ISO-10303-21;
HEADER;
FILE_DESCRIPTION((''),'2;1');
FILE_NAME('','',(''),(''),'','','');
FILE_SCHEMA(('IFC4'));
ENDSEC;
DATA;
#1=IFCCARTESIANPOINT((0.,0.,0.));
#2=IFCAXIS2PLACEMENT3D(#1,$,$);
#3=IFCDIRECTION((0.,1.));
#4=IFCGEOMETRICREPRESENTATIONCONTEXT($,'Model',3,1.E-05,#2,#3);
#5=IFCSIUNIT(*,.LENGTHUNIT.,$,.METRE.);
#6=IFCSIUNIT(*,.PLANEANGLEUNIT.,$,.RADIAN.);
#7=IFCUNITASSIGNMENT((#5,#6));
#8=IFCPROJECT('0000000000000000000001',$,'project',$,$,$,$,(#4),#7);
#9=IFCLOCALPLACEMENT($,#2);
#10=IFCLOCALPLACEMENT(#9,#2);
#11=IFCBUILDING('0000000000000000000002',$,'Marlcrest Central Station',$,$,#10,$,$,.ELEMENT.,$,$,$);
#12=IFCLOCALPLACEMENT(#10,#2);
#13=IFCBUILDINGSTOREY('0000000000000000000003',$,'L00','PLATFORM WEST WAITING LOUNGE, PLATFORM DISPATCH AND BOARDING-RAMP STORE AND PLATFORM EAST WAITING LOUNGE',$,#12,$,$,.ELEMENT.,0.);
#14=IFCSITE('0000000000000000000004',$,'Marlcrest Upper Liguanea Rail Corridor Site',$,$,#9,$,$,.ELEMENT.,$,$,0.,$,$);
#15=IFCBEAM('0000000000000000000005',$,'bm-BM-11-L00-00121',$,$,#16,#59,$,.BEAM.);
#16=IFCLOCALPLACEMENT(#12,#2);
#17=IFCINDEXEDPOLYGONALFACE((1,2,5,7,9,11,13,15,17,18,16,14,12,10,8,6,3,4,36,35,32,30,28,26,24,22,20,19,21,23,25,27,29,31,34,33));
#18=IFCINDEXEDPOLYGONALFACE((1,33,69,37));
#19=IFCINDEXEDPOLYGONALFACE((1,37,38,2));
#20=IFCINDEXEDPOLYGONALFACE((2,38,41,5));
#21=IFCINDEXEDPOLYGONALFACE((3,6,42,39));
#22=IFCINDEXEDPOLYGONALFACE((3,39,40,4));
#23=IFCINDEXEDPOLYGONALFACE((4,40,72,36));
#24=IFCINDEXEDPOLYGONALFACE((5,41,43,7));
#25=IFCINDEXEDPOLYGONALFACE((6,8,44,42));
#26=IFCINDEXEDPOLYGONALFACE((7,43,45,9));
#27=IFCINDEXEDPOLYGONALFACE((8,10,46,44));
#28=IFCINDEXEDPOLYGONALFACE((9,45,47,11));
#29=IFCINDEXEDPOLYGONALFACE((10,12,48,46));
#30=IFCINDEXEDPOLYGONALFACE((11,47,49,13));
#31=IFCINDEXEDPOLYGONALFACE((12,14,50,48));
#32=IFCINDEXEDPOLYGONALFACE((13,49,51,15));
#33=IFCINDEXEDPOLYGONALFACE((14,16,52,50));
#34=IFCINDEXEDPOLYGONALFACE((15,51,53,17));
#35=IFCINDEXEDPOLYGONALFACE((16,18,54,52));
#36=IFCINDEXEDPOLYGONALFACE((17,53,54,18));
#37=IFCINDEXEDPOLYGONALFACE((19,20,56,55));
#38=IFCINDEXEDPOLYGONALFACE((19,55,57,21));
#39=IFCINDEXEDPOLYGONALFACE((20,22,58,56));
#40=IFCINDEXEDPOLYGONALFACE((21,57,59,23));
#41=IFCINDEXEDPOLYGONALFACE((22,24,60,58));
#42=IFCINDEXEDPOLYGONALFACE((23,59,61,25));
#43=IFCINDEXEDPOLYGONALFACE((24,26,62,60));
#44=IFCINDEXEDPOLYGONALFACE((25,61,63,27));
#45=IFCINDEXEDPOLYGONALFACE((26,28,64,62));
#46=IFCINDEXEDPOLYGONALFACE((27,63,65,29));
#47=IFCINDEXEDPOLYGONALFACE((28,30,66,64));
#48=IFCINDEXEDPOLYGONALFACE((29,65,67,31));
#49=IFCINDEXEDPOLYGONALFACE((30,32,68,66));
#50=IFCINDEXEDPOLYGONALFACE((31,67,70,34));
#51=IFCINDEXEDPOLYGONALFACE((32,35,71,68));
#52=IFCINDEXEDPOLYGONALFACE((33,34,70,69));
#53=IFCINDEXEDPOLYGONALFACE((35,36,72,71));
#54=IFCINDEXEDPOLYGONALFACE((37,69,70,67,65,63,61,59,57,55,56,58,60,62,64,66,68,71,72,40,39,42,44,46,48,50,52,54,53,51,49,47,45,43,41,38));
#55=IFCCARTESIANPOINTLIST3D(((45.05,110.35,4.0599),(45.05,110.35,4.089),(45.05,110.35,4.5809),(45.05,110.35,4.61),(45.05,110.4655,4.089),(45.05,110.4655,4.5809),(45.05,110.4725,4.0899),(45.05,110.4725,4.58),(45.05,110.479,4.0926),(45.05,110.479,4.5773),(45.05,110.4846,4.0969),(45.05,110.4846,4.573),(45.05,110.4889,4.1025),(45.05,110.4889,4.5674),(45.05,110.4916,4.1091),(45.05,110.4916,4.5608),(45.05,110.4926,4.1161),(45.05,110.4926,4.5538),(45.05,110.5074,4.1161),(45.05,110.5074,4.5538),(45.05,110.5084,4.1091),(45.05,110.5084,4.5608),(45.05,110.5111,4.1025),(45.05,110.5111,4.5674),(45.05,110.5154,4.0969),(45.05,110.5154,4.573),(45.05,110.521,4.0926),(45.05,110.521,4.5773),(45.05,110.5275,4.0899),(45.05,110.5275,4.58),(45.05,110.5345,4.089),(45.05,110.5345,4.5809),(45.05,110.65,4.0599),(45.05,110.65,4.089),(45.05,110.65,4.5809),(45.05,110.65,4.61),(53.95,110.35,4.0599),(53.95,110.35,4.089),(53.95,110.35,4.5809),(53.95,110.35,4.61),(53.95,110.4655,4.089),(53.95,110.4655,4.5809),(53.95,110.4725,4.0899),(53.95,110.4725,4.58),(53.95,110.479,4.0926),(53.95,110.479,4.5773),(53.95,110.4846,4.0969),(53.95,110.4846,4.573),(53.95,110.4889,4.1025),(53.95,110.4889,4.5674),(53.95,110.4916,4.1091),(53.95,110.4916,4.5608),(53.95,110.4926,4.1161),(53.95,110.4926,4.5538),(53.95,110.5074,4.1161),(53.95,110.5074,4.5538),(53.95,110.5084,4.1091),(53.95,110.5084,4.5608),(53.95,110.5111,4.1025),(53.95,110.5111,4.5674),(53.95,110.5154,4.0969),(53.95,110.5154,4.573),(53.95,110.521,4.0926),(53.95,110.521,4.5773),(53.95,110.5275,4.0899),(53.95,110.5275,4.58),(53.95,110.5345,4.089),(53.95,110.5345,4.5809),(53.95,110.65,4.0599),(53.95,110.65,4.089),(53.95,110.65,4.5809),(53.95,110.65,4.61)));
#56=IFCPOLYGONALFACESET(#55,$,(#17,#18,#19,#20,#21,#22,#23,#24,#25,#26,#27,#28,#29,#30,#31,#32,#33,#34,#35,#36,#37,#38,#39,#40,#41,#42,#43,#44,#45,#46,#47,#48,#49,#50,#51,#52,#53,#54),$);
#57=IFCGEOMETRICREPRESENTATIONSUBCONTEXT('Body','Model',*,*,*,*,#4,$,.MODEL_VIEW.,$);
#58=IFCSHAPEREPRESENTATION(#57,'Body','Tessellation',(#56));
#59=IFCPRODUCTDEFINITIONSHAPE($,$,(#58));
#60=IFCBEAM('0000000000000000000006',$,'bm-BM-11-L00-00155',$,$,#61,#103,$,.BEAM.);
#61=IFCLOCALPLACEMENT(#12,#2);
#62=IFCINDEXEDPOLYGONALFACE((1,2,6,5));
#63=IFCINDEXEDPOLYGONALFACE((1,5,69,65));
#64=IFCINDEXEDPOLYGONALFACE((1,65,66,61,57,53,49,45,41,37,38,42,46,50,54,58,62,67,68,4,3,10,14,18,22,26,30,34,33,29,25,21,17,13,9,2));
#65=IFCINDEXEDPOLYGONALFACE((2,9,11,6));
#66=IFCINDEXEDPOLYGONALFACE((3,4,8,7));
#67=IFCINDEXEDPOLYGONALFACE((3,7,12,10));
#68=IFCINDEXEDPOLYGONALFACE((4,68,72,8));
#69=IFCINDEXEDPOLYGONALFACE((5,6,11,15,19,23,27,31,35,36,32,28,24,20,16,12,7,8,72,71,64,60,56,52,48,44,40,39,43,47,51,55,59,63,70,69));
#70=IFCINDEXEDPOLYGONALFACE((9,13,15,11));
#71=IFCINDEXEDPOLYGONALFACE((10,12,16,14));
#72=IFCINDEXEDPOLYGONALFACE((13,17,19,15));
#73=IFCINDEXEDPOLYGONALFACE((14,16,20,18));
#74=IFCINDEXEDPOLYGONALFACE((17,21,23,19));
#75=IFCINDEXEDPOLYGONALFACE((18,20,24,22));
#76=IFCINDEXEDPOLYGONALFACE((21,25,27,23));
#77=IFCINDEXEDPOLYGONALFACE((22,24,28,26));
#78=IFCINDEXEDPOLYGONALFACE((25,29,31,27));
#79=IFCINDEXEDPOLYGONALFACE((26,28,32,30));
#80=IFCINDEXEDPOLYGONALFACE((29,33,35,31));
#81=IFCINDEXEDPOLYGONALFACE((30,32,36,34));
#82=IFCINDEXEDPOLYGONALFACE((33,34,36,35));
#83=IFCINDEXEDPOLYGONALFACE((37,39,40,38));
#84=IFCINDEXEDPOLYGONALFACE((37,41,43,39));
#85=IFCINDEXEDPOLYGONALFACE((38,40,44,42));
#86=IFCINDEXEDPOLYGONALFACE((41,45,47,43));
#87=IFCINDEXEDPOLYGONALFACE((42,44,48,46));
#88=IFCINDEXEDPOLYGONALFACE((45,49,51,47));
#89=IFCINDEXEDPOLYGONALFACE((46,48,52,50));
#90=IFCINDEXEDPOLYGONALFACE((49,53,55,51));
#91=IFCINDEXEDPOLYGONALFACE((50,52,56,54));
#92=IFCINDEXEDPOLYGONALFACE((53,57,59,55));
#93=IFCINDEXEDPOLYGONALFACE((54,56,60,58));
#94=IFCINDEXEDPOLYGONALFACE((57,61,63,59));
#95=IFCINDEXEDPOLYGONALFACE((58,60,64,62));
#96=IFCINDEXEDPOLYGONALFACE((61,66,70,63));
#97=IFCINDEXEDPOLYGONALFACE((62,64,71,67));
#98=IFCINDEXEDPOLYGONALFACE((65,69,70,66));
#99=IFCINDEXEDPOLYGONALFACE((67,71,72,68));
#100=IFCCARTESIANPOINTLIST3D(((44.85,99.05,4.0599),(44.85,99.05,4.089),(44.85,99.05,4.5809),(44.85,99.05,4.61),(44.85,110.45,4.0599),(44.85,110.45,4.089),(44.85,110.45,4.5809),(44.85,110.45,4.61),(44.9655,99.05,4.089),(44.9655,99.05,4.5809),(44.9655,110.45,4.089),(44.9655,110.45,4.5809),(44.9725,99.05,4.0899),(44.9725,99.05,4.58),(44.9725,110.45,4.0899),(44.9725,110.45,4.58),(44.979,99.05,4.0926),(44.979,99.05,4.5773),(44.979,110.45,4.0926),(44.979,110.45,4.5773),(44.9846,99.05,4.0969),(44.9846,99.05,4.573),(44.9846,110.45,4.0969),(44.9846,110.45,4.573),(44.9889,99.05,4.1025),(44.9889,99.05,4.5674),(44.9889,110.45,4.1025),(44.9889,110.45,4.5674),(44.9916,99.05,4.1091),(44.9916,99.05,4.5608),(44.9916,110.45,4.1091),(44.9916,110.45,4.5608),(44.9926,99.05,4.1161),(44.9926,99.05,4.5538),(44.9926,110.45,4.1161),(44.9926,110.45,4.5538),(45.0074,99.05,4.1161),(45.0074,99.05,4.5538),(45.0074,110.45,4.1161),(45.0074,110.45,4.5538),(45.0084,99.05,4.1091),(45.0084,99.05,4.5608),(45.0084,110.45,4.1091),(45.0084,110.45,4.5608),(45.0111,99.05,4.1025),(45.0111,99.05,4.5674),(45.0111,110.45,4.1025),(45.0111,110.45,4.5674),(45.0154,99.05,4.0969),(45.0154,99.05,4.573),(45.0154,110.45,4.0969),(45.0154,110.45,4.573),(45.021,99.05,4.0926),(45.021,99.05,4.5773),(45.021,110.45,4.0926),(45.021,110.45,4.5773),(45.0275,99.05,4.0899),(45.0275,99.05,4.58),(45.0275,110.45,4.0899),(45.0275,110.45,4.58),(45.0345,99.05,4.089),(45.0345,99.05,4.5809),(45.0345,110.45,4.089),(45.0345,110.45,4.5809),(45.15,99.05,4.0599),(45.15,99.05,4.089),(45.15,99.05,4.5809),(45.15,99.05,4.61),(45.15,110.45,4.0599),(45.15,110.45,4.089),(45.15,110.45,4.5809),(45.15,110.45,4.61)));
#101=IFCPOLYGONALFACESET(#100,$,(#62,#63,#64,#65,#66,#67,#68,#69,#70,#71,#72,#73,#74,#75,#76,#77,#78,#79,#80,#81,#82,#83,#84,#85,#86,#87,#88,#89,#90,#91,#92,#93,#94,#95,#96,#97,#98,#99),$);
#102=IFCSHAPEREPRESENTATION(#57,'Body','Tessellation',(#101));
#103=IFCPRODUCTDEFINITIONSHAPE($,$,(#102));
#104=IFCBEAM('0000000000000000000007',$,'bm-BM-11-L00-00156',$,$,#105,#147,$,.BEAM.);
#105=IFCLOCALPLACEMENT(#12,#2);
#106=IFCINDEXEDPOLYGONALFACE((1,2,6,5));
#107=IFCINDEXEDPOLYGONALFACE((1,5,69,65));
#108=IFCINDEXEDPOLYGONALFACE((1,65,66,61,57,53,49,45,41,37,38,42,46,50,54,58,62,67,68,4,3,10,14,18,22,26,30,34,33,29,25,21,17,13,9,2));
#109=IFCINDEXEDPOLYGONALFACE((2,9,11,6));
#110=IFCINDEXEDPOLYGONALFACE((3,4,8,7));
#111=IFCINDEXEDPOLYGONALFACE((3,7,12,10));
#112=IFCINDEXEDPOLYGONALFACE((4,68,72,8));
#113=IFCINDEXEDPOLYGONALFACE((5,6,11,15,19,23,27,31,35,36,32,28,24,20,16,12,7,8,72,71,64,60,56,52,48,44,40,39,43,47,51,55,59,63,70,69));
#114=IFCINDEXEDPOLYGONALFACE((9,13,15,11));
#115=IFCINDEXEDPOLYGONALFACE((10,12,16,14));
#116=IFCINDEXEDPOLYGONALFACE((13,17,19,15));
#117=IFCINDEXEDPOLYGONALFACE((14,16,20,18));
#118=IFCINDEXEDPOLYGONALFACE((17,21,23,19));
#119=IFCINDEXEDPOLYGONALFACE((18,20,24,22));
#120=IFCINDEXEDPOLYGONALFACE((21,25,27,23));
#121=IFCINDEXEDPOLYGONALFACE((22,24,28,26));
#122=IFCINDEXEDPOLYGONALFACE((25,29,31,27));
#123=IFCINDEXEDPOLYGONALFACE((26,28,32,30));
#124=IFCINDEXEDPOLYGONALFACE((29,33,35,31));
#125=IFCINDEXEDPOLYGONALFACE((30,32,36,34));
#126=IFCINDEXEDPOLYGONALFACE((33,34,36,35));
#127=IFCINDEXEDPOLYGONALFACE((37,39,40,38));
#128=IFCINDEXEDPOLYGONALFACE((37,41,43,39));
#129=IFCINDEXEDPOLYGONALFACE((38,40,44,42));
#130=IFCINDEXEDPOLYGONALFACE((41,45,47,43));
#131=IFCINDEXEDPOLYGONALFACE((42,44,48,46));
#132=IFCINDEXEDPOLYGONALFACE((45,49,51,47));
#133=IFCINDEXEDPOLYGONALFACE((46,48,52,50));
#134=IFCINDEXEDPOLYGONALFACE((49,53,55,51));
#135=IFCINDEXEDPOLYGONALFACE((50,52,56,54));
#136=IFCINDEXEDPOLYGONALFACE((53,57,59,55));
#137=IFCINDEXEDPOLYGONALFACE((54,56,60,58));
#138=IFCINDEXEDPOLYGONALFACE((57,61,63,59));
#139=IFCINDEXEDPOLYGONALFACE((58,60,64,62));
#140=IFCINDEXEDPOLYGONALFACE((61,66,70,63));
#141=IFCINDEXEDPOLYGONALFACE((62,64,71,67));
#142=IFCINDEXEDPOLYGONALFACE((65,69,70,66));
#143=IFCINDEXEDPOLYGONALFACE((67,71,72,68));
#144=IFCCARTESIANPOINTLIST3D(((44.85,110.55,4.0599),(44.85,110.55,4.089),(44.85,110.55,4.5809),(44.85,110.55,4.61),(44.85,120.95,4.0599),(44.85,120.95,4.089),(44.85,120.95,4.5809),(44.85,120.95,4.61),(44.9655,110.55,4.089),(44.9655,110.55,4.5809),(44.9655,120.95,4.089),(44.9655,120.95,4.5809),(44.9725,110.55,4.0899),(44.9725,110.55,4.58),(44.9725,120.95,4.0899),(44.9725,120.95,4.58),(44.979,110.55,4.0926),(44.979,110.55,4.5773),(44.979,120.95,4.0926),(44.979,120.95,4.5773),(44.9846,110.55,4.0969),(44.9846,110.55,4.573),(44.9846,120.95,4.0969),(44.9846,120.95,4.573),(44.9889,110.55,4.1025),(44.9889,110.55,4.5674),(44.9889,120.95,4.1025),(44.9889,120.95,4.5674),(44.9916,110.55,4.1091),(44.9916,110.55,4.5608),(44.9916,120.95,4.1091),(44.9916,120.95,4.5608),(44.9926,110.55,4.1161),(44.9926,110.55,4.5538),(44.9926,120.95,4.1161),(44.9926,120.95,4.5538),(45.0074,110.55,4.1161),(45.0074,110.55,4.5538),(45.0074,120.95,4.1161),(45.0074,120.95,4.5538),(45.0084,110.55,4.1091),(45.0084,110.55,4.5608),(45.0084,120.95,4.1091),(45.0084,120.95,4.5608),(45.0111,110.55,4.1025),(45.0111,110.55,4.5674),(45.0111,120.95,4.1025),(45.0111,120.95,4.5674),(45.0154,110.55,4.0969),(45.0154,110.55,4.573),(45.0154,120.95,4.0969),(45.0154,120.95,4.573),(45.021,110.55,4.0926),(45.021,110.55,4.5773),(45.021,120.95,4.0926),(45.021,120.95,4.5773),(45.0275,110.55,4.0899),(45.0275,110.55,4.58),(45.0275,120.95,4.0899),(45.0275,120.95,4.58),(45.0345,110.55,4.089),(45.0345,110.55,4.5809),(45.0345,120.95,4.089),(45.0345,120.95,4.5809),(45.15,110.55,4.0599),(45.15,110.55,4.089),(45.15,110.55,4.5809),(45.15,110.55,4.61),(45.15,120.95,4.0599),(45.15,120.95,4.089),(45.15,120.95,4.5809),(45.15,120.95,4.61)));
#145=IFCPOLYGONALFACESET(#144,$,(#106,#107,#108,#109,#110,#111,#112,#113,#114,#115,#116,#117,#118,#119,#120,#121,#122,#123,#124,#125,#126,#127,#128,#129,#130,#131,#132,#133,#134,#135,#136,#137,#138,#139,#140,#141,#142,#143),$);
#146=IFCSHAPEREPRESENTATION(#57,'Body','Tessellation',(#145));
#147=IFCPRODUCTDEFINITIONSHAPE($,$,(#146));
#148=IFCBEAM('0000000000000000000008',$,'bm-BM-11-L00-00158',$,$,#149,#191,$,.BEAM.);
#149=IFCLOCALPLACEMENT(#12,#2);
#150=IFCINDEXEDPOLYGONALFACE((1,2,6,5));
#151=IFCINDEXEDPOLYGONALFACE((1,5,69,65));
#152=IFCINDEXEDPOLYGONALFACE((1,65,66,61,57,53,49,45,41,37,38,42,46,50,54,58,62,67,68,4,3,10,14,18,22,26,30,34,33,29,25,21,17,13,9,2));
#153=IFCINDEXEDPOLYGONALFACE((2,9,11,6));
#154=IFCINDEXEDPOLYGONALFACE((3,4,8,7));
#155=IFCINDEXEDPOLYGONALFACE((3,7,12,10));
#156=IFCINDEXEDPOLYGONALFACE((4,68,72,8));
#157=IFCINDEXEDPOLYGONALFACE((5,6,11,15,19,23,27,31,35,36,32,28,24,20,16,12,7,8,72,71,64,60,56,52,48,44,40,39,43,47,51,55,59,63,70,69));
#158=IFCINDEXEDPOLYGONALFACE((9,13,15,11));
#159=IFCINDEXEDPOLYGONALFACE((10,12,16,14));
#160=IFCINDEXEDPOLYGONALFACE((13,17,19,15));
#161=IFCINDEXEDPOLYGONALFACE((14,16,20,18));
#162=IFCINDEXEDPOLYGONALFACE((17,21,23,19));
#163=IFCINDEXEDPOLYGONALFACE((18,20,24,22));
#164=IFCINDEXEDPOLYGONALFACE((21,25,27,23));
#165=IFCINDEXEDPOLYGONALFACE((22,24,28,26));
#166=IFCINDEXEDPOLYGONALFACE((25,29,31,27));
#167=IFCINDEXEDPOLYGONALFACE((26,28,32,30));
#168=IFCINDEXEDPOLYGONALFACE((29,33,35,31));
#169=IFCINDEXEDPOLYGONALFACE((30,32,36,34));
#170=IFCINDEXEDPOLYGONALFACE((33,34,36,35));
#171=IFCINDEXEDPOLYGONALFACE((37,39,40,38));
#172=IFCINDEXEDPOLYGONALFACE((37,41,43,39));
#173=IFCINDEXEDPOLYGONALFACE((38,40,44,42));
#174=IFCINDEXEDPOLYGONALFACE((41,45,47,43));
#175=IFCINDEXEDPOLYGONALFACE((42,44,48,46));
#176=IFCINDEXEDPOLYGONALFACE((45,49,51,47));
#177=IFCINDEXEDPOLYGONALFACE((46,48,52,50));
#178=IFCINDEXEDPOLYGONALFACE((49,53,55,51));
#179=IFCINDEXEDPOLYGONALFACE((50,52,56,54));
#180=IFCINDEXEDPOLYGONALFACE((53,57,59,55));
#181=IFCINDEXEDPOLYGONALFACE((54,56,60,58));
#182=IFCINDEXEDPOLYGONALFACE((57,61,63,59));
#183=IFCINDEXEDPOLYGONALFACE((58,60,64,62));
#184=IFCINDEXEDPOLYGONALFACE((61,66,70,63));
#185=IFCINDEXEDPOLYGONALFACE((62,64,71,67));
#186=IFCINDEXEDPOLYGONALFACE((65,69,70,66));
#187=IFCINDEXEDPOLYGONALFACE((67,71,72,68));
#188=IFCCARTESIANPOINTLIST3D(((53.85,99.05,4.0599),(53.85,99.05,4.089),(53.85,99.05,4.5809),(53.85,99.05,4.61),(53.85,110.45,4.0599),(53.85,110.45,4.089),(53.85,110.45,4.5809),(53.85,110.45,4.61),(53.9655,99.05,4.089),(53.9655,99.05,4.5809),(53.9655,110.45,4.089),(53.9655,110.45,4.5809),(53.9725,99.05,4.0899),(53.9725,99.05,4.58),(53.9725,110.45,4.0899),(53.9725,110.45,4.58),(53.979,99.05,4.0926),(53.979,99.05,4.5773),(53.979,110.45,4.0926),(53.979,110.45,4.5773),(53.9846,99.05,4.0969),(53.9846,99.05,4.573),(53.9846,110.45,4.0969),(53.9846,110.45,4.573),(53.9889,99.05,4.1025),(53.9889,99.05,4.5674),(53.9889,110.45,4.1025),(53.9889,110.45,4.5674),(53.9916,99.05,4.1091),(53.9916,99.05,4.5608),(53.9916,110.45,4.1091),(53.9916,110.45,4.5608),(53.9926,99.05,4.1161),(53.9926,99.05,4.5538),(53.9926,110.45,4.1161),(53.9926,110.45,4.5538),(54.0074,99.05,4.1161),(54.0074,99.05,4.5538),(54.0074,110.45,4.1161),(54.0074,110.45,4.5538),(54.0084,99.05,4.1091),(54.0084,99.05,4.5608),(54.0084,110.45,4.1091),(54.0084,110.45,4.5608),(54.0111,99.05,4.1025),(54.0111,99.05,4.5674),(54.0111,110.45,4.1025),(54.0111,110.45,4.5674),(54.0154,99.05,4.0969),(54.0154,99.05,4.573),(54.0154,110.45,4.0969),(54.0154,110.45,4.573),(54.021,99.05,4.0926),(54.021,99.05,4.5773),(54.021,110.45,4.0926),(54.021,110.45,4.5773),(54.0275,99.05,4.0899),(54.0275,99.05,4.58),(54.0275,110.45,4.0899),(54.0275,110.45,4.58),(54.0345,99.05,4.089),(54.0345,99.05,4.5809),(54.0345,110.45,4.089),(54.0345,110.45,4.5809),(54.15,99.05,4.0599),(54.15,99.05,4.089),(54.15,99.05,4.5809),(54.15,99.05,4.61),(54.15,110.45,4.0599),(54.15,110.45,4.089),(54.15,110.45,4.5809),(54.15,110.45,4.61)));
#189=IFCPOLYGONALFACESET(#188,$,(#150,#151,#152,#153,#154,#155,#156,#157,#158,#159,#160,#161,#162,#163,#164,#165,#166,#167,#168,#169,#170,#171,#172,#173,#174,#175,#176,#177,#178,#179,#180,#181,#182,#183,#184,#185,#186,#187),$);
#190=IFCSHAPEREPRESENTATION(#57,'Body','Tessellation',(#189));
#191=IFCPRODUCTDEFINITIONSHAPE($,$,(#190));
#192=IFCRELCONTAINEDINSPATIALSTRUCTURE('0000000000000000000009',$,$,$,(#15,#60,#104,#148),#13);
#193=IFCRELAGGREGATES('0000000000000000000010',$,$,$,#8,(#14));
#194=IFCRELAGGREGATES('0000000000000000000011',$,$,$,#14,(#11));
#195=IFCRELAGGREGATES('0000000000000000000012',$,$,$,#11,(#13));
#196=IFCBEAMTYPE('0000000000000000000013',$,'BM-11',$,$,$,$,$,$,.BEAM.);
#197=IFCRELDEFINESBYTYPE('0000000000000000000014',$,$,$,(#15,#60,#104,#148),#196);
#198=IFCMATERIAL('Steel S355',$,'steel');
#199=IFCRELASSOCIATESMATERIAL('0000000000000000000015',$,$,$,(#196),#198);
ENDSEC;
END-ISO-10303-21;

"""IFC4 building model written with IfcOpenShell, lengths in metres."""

from ifc_helpers import new_model, si_unit, direction, frame, origin, origin_2d, place, context, subcontext, project, spatial, i_section, extrude, material, material_profile, profile_set, type_object, element, save


model = new_model("IFC4")

# Units and contexts
model_context = context("Model", 3, precision=1e-05, world=origin(), true_north=direction((0.0, 1.0)))
body_context = subcontext(model_context, "Body", "Model", "MODEL_VIEW")
ifc_project = project(units=[si_unit("LENGTHUNIT", "METRE"), si_unit("PLANEANGLEUNIT", "RADIAN")], contexts=[model_context])

# Site, building, storey
site_placement = place(None, origin())
site = spatial("IfcSite", under=ifc_project, at=site_placement, Name="Marlcrest Upper Liguanea Rail Corridor Site", CompositionType="ELEMENT", RefElevation=0.0)
building_placement = place(site_placement, origin())
building = spatial("IfcBuilding", under=site, at=building_placement, Name="Marlcrest Central Station", CompositionType="ELEMENT")
storey_placement = place(building_placement, origin())
storey = spatial("IfcBuildingStorey", under=building, at=storey_placement, Name="L00", Description="PLATFORM WEST WAITING LOUNGE, PLATFORM DISPATCH AND BOARDING-RAMP STORE AND PLATFORM EAST WAITING LOUNGE", CompositionType="ELEMENT", Elevation=0.0)

# Shared definitions
ifc_material_1 = material(Name="Steel S355", Category="steel")

# Beams
ifc_material_profile_1 = material_profile(ifc_material_1, i_section(OverallWidth=0.3, OverallDepth=0.55, WebThickness=0.0149, FlangeThickness=0.0291, FilletRadius=0.0271, at=origin_2d()), Name="HEB 550")
ifc_profile_set_1 = profile_set([ifc_material_profile_1], Name="Steel S355")
beam_type_1 = type_object("IfcBeamType", Name="BM-11", PredefinedType="BEAM", material=ifc_profile_set_1)
beam_1_placement = place(storey_placement, frame((45.05, 110.5, 4.335), z_axis=(1.0, 0.0, 0.0), x_axis=(0.0, 1.0, 0.0)))
element("IfcBeam", 1, at=beam_1_placement, inside=storey, type_object=beam_type_1, Name="bm-BM-11-L00-00121", PredefinedType="BEAM", context=body_context, shape_type="SweptSolid", body=[
    extrude(i_section(OverallWidth=0.3, OverallDepth=0.55, WebThickness=0.0149, FlangeThickness=0.0291, FilletRadius=0.0271, at=origin_2d()), origin(), (0.0, 0.0, 1.0), 8.8999),
])
beam_2_placement = place(storey_placement, frame((45.0, 99.05, 4.335), z_axis=(0.0, 1.0, 0.0), x_axis=(-1.0, 0.0, 0.0)))
element("IfcBeam", 2, at=beam_2_placement, inside=storey, type_object=beam_type_1, Name="bm-BM-11-L00-00155", PredefinedType="BEAM", context=body_context, shape_type="SweptSolid", body=[
    extrude(i_section(OverallWidth=0.3, OverallDepth=0.55, WebThickness=0.0149, FlangeThickness=0.0291, FilletRadius=0.0271, at=origin_2d()), origin(), (0.0, 0.0, 1.0), 11.3999),
])
beam_3_placement = place(storey_placement, frame((45.0, 110.55, 4.335), z_axis=(0.0, 1.0, 0.0), x_axis=(-1.0, 0.0, 0.0)))
element("IfcBeam", 3, at=beam_3_placement, inside=storey, type_object=beam_type_1, Name="bm-BM-11-L00-00156", PredefinedType="BEAM", context=body_context, shape_type="SweptSolid", body=[
    extrude(i_section(OverallWidth=0.3, OverallDepth=0.55, WebThickness=0.0149, FlangeThickness=0.0291, FilletRadius=0.0271, at=origin_2d()), origin(), (0.0, 0.0, 1.0), 10.3999),
])
beam_4_placement = place(storey_placement, frame((54.0, 99.05, 4.335), z_axis=(0.0, 1.0, 0.0), x_axis=(-1.0, 0.0, 0.0)))
element("IfcBeam", 4, at=beam_4_placement, inside=storey, type_object=beam_type_1, Name="bm-BM-11-L00-00158", PredefinedType="BEAM", context=body_context, shape_type="SweptSolid", body=[
    extrude(i_section(OverallWidth=0.3, OverallDepth=0.55, WebThickness=0.0149, FlangeThickness=0.0291, FilletRadius=0.0271, at=origin_2d()), origin(), (0.0, 0.0, 1.0), 11.3999),
])

save(model, "model.ifc")
